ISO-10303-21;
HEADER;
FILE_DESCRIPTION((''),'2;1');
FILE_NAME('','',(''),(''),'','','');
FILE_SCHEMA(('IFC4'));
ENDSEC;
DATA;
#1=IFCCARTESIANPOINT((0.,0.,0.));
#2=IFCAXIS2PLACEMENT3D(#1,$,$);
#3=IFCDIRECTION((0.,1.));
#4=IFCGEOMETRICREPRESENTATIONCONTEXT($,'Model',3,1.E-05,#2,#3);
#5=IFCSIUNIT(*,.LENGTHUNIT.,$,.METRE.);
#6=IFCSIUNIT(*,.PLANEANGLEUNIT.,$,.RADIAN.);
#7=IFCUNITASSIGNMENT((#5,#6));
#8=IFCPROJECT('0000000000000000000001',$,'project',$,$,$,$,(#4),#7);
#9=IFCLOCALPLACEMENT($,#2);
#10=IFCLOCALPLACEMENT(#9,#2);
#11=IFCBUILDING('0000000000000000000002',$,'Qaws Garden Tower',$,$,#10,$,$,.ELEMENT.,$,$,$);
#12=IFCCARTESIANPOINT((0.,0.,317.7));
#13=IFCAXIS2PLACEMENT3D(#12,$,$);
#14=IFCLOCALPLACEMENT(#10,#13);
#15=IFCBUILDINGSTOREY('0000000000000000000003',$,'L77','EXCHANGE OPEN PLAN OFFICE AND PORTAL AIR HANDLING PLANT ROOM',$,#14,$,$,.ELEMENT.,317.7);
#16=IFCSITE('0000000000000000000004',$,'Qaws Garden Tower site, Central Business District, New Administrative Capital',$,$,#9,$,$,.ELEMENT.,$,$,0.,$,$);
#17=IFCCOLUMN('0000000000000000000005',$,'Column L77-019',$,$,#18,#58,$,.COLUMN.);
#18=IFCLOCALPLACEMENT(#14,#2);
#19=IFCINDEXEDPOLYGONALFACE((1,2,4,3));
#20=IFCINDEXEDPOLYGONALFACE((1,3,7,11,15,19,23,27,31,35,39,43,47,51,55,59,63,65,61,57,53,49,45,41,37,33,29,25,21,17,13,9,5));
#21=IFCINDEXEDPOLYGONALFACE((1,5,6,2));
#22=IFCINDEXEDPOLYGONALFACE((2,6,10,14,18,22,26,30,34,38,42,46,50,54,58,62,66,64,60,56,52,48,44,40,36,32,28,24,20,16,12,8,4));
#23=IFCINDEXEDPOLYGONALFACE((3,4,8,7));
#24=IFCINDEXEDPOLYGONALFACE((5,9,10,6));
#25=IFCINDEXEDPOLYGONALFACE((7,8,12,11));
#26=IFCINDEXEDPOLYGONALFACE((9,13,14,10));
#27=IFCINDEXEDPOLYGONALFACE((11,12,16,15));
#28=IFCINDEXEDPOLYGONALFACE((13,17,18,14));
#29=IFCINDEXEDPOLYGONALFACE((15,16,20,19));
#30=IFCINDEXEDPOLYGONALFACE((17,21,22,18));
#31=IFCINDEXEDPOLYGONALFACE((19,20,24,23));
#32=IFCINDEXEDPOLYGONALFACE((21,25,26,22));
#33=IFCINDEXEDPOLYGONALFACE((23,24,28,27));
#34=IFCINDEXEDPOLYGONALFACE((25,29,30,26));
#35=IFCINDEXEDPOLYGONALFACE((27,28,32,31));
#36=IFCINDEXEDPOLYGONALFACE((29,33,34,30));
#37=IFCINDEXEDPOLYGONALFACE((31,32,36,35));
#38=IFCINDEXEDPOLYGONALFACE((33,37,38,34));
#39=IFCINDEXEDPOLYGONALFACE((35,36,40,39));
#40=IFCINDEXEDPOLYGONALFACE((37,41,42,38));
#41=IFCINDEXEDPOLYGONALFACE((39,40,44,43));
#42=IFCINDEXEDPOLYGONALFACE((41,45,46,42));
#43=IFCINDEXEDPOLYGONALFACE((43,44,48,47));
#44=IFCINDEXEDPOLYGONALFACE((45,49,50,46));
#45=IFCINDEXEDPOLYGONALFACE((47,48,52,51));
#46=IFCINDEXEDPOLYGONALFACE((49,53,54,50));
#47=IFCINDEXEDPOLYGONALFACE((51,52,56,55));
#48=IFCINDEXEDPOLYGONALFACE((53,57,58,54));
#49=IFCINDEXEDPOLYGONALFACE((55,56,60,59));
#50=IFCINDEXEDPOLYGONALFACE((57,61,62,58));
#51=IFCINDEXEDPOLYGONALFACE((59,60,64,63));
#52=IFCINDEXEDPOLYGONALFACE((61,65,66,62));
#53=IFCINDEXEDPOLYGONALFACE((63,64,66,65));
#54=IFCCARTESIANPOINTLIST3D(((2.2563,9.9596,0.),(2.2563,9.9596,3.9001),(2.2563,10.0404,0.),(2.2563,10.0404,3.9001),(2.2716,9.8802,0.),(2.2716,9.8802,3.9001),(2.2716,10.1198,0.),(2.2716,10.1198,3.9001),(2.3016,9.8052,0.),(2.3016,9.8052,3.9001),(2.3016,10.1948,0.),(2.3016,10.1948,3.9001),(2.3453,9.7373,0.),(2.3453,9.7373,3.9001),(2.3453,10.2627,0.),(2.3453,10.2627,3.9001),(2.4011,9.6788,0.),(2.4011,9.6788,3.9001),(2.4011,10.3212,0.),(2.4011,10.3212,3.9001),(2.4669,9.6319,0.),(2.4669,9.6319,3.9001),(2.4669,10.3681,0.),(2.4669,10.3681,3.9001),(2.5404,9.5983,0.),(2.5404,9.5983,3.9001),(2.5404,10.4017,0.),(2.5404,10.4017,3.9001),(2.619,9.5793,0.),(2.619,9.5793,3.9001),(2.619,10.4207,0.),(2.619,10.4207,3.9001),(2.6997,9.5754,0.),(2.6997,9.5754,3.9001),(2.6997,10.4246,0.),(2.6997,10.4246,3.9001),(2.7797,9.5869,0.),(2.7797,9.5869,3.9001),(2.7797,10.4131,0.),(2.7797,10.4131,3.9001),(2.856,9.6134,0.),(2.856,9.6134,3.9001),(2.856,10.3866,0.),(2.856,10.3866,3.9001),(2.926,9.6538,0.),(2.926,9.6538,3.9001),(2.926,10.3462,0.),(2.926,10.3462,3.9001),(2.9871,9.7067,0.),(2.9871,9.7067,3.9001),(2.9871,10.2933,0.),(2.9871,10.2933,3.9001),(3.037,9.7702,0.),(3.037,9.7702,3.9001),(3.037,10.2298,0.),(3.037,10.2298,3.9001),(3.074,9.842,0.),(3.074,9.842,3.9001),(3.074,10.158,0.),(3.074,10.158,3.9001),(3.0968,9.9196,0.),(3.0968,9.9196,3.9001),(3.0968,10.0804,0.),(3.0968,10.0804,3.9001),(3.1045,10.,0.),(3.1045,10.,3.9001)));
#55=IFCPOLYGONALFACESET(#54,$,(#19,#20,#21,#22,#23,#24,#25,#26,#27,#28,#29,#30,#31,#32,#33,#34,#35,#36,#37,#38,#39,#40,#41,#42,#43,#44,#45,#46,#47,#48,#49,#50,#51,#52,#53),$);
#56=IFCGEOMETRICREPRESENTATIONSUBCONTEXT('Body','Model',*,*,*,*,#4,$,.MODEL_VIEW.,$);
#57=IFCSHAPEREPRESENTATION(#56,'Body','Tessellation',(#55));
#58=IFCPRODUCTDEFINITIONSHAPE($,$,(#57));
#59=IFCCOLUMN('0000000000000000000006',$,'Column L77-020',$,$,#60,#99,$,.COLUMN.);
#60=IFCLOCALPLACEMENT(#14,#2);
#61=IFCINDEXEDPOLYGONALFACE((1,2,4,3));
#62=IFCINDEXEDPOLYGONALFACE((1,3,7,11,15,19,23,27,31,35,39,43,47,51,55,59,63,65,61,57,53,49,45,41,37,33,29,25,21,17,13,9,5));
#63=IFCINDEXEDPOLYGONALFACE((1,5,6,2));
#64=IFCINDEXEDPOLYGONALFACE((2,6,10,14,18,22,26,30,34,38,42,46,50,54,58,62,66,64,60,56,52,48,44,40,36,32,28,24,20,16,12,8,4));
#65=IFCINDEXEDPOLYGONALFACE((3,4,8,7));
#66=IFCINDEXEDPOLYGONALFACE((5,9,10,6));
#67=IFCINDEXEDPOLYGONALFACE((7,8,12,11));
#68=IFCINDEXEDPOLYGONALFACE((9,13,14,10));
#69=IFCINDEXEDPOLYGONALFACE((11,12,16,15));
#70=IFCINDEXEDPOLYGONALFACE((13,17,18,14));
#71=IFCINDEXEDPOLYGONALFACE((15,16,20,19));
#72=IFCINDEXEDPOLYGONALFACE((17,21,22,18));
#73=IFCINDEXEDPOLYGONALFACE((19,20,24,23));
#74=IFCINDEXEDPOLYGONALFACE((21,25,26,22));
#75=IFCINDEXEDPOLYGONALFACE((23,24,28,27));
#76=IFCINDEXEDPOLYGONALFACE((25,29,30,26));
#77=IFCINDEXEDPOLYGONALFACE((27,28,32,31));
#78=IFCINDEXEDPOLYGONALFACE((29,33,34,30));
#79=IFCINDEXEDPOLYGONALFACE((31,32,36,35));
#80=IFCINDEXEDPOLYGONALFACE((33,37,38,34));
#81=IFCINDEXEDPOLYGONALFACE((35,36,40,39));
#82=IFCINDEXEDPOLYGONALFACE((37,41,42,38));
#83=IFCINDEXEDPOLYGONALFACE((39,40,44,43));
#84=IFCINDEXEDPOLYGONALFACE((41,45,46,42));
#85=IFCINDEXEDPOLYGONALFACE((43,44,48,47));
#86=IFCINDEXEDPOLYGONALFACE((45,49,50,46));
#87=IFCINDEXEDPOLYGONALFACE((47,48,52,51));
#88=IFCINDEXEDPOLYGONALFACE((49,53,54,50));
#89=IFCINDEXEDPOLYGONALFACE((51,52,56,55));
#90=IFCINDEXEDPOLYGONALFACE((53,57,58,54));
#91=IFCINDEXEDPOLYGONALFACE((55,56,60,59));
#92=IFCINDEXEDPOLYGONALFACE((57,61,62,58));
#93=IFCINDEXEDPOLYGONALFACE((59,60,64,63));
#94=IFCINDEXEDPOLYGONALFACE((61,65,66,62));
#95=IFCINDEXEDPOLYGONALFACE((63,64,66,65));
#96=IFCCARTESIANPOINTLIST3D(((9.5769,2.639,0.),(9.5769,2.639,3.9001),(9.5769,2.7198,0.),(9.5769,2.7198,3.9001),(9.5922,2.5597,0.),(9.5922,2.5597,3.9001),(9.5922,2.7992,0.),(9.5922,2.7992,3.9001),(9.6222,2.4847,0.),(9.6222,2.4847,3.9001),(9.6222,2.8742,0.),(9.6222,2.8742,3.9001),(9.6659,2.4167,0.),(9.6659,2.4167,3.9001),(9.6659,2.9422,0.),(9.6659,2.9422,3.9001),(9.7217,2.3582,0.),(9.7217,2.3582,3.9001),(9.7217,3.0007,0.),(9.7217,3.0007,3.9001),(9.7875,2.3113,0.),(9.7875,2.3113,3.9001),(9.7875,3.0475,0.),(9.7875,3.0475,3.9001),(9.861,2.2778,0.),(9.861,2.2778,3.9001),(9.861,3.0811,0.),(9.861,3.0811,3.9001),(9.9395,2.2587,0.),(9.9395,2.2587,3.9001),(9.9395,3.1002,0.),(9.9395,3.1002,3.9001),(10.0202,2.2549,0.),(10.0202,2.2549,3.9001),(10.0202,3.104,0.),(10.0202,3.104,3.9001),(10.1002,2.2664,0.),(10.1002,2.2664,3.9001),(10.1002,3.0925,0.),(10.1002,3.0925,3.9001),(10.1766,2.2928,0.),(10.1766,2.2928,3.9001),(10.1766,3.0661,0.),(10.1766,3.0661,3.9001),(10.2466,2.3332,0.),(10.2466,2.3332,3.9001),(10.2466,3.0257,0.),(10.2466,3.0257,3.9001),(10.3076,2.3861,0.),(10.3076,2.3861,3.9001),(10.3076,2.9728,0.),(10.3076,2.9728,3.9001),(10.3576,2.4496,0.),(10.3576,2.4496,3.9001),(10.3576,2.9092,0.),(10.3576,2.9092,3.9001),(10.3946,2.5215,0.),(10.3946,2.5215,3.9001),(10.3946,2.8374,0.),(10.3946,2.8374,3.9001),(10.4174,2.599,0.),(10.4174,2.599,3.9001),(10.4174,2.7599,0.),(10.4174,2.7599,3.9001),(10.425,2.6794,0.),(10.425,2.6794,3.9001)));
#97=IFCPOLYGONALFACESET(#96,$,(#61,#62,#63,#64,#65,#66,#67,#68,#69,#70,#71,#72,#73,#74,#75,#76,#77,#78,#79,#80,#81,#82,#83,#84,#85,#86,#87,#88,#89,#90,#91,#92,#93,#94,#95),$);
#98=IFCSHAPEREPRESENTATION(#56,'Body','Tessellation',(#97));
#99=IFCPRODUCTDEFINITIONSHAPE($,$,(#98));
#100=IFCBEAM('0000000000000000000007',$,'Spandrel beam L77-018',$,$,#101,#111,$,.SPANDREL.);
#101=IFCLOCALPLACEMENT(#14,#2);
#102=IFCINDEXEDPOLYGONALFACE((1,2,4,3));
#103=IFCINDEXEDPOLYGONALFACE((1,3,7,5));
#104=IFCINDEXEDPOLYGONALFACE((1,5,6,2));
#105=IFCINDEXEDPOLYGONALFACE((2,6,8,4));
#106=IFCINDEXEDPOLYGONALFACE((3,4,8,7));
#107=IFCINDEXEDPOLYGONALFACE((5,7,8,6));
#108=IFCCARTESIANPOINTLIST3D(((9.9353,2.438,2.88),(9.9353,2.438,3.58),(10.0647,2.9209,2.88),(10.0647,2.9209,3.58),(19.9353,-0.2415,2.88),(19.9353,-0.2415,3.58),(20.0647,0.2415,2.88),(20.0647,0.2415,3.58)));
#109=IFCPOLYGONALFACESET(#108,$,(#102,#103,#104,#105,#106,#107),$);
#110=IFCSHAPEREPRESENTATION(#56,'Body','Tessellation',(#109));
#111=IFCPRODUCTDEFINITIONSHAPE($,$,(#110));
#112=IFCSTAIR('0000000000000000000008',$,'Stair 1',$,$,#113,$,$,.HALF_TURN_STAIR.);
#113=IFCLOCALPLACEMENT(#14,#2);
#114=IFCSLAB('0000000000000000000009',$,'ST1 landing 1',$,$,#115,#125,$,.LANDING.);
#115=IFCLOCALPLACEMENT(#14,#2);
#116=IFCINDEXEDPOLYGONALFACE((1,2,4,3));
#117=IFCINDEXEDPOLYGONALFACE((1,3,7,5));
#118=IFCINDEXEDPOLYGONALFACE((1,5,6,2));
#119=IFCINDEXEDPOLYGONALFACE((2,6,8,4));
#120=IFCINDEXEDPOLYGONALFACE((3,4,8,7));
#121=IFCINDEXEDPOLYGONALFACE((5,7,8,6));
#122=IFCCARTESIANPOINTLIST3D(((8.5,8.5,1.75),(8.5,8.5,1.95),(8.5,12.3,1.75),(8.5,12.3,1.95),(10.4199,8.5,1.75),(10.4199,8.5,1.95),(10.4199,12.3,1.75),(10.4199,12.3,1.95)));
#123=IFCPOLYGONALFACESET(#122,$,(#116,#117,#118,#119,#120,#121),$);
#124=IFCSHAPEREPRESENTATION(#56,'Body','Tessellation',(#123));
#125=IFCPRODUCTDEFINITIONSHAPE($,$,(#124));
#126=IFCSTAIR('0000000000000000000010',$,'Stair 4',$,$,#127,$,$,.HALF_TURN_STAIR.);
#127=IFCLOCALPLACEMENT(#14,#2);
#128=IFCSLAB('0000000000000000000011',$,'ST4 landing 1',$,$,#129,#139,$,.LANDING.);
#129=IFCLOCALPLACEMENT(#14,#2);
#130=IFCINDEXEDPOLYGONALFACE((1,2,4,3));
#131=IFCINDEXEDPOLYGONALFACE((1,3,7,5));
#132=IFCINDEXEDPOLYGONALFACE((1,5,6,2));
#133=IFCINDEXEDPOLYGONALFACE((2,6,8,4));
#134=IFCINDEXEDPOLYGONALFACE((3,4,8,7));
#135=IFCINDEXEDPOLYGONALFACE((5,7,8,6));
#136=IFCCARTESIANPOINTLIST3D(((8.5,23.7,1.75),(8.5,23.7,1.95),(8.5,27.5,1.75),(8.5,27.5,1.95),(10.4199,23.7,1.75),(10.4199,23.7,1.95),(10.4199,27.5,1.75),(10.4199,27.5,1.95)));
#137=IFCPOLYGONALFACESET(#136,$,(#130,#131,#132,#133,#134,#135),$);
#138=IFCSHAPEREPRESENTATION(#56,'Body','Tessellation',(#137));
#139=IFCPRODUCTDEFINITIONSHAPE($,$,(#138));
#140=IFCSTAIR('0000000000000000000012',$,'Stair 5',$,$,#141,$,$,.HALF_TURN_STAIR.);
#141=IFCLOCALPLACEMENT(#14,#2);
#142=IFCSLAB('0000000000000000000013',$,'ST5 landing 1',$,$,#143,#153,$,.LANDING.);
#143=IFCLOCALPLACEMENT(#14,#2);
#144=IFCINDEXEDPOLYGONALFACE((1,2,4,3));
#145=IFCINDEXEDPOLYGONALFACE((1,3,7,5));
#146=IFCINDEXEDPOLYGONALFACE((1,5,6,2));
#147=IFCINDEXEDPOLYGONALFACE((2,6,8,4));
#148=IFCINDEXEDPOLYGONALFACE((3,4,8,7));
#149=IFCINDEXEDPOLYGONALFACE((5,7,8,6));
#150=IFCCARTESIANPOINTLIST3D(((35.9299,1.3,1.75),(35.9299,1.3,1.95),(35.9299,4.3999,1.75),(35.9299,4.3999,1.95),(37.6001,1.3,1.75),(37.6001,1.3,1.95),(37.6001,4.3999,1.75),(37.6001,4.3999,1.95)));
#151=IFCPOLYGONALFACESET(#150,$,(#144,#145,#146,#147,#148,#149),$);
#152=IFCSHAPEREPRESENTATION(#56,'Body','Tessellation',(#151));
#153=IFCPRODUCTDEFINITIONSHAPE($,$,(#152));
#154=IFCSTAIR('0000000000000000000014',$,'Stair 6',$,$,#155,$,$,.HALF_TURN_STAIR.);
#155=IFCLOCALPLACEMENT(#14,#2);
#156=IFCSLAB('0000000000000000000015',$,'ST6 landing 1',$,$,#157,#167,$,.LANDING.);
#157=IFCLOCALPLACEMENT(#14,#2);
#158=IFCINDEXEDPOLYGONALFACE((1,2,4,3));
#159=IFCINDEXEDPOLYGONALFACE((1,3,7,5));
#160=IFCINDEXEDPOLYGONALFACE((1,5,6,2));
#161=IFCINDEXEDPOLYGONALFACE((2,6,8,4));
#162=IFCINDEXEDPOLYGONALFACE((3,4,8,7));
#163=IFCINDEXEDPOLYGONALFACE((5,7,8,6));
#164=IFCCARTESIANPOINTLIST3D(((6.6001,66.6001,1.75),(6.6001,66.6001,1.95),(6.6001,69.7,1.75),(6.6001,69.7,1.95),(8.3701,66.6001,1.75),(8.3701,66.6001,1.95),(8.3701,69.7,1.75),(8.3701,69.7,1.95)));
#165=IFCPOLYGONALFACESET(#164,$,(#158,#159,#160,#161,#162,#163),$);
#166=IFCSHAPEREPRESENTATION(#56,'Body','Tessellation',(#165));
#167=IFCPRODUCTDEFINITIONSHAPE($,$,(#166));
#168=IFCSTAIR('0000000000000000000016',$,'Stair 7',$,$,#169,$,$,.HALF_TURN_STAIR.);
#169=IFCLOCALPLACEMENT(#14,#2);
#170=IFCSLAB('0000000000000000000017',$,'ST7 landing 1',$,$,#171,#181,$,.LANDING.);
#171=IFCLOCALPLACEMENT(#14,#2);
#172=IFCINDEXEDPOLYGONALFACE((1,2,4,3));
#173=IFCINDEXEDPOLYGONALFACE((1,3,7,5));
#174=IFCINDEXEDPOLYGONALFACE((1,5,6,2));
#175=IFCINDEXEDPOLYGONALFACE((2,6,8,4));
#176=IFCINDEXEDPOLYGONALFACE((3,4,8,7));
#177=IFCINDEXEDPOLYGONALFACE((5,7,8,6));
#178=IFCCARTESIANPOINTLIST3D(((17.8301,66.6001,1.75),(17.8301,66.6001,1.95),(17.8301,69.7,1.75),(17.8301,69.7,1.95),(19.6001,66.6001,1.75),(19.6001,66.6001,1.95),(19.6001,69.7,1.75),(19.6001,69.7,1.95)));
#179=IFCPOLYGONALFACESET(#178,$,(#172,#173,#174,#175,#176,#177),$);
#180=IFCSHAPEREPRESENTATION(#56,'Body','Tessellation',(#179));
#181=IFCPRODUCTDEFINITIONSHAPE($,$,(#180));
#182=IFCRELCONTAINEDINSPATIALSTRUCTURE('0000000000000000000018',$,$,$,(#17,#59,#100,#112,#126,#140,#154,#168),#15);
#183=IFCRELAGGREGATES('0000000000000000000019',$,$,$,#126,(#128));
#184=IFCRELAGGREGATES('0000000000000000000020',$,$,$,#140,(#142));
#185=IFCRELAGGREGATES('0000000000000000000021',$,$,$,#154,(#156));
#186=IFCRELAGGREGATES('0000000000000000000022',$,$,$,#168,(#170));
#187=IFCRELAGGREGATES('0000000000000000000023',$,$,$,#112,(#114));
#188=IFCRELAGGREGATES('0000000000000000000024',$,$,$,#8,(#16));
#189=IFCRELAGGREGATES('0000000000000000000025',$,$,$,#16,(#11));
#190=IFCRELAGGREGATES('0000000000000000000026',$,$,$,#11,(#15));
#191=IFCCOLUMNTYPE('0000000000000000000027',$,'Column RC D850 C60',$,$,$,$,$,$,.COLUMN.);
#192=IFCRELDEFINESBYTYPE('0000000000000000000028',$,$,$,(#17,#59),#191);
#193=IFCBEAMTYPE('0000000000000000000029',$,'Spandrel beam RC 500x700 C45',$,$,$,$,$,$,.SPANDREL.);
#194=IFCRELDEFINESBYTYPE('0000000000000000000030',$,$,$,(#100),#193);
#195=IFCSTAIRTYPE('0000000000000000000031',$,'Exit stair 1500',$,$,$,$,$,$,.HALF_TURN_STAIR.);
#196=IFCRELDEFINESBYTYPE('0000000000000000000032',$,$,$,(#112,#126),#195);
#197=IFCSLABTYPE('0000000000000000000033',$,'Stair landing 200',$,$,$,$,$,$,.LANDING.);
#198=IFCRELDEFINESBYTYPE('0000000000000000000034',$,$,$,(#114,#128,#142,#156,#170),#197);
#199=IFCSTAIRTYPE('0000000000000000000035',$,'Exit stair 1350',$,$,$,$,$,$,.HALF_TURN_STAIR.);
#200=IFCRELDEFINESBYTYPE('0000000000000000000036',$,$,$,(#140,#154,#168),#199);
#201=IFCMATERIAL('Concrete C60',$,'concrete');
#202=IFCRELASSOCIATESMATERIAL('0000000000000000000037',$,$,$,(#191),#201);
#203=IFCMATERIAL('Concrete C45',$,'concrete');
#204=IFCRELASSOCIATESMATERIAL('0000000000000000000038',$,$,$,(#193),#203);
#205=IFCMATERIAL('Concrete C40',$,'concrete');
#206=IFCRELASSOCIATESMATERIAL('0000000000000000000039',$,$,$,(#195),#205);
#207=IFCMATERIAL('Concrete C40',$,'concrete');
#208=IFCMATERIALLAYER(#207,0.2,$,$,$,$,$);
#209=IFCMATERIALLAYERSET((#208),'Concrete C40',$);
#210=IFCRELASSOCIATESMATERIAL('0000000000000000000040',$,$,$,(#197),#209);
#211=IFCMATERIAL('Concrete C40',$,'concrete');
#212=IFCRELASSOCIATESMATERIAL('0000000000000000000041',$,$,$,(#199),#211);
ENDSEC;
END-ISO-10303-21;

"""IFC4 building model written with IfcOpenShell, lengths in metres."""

from ifc_helpers import new_model, si_unit, direction, frame, origin, origin_2d, place, context, subcontext, project, spatial, polyline, rectangle, circle, outline, extrude, material, layer, layer_set, material_profile, profile_set, type_object, element, aggregate, save


model = new_model("IFC4")

# Units and contexts
model_context = context("Model", 3, precision=1e-05, world=origin(), true_north=direction((0.0, 1.0)))
body_context = subcontext(model_context, "Body", "Model", "MODEL_VIEW")
ifc_project = project(units=[si_unit("LENGTHUNIT", "METRE"), si_unit("PLANEANGLEUNIT", "RADIAN")], contexts=[model_context])

# Site, building, storey
site_placement = place(None, origin())
site = spatial("IfcSite", under=ifc_project, at=site_placement, Name="Qaws Garden Tower site, Central Business District, New Administrative Capital", CompositionType="ELEMENT", RefElevation=0.0)
building_placement = place(site_placement, origin())
building = spatial("IfcBuilding", under=site, at=building_placement, Name="Qaws Garden Tower", CompositionType="ELEMENT")
storey_placement = place(building_placement, frame((0.0, 0.0, 317.7)))
storey = spatial("IfcBuildingStorey", under=building, at=storey_placement, Name="L77", Description="EXCHANGE OPEN PLAN OFFICE AND PORTAL AIR HANDLING PLANT ROOM", CompositionType="ELEMENT", Elevation=317.7)

# Columns
ifc_material_1 = material(Name="Concrete C60", Category="concrete")
ifc_material_profile_1 = material_profile(ifc_material_1, circle(Radius=0.425, at=origin_2d()), Name="RC D850")
ifc_profile_set_1 = profile_set([ifc_material_profile_1], Name="Concrete C60")
column_type = type_object("IfcColumnType", Name="Column RC D850 C60", PredefinedType="COLUMN", material=ifc_profile_set_1)
for number, where, z_axis, x_axis, name in (
    (1, (2.6794, 10.0, 0.0), (0.0, 0.0, 1.0), (1.0, 0.0, 0.0), "Column L77-019"),
    (2, (10.0, 2.6794, 0.0), (0.0, 0.0, 1.0), (1.0, 0.0, 0.0), "Column L77-020"),
):
    element("IfcColumn", number, at=place(storey_placement, frame(where, z_axis=z_axis, x_axis=x_axis)), inside=storey, type_object=column_type, Name=name, PredefinedType="COLUMN", context=body_context, shape_type="SweptSolid", body=[
        extrude(circle(Radius=0.425, at=origin_2d()), origin(), (0.0, 0.0, 1.0), 3.9001),
    ])

# Beam
ifc_material_2 = material(Name="Concrete C45", Category="concrete")
ifc_material_profile_2 = material_profile(ifc_material_2, rectangle(XDim=0.5, YDim=0.7, at=origin_2d()), Name="RC 500x700")
ifc_profile_set_2 = profile_set([ifc_material_profile_2], Name="Concrete C45")
beam_type = type_object("IfcBeamType", Name="Spandrel beam RC 500x700 C45", PredefinedType="SPANDREL", material=ifc_profile_set_2)
beam_placement = place(storey_placement, frame((10.0, 2.6794, 3.23), z_axis=(0.965927, -0.258815, 0.0), x_axis=(0.258815, 0.965927, 0.0)))
element("IfcBeam", 3, at=beam_placement, inside=storey, type_object=beam_type, Name="Spandrel beam L77-018", PredefinedType="SPANDREL", context=body_context, shape_type="SweptSolid", body=[
    extrude(rectangle(XDim=0.5, YDim=0.7, at=origin_2d()), origin(), (0.0, 0.0, 1.0), 10.3528),
])

# Stairs, slabs
ifc_material_3 = material(Name="Concrete C40", Category="concrete")
stair_type_1 = type_object("IfcStairType", Name="Exit stair 1500", PredefinedType="HALF_TURN_STAIR", material=ifc_material_3)
placement_1 = place(storey_placement, origin())
stair_1 = element("IfcStair", 4, at=placement_1, inside=storey, type_object=stair_type_1, Name="Stair 1", PredefinedType="HALF_TURN_STAIR")
ifc_material_4 = material(Name="Concrete C40", Category="concrete")
ifc_layer_1 = layer(ifc_material_4, 0.2)
ifc_layer_set_1 = layer_set([ifc_layer_1], Name="Concrete C40")
slab_type = type_object("IfcSlabType", Name="Stair landing 200", PredefinedType="LANDING", material=ifc_layer_set_1)
placement_2 = place(storey_placement, frame((0.0, 0.0, 1.75)))
slab_1 = element("IfcSlab", 5, at=placement_2, type_object=slab_type, Name="ST1 landing 1", PredefinedType="LANDING", context=body_context, shape_type="SweptSolid", body=[
    extrude(outline(polyline([(8.5, 8.5), (10.4199, 8.5), (10.4199, 12.3), (8.5, 12.3), (8.5, 8.5)])), origin(), (0.0, 0.0, 1.0), 0.2),
])
stair_2 = element("IfcStair", 6, at=placement_1, inside=storey, type_object=stair_type_1, Name="Stair 4", PredefinedType="HALF_TURN_STAIR")
slab_2 = element("IfcSlab", 7, at=placement_2, type_object=slab_type, Name="ST4 landing 1", PredefinedType="LANDING", context=body_context, shape_type="SweptSolid", body=[
    extrude(outline(polyline([(8.5, 23.7), (10.4199, 23.7), (10.4199, 27.5), (8.5, 27.5), (8.5, 23.7)])), origin(), (0.0, 0.0, 1.0), 0.2),
])
aggregate(stair_2, [slab_2])
ifc_material_5 = material(Name="Concrete C40", Category="concrete")
stair_type_2 = type_object("IfcStairType", Name="Exit stair 1350", PredefinedType="HALF_TURN_STAIR", material=ifc_material_5)
stair_3 = element("IfcStair", 8, at=placement_1, inside=storey, type_object=stair_type_2, Name="Stair 5", PredefinedType="HALF_TURN_STAIR")
slab_3 = element("IfcSlab", 9, at=placement_2, type_object=slab_type, Name="ST5 landing 1", PredefinedType="LANDING", context=body_context, shape_type="SweptSolid", body=[
    extrude(outline(polyline([(35.9299, 1.3), (37.6001, 1.3), (37.6001, 4.3999), (35.9299, 4.3999), (35.9299, 1.3)])), origin(), (0.0, 0.0, 1.0), 0.2),
])
aggregate(stair_3, [slab_3])
stair_4 = element("IfcStair", 10, at=placement_1, inside=storey, type_object=stair_type_2, Name="Stair 6", PredefinedType="HALF_TURN_STAIR")
slab_4 = element("IfcSlab", 11, at=placement_2, type_object=slab_type, Name="ST6 landing 1", PredefinedType="LANDING", context=body_context, shape_type="SweptSolid", body=[
    extrude(outline(polyline([(6.6001, 66.6001), (8.3701, 66.6001), (8.3701, 69.7), (6.6001, 69.7), (6.6001, 66.6001)])), origin(), (0.0, 0.0, 1.0), 0.2),
])
aggregate(stair_4, [slab_4])
stair_5 = element("IfcStair", 12, at=placement_1, inside=storey, type_object=stair_type_2, Name="Stair 7", PredefinedType="HALF_TURN_STAIR")
slab_5 = element("IfcSlab", 13, at=placement_2, type_object=slab_type, Name="ST7 landing 1", PredefinedType="LANDING", context=body_context, shape_type="SweptSolid", body=[
    extrude(outline(polyline([(17.8301, 66.6001), (19.6001, 66.6001), (19.6001, 69.7), (17.8301, 69.7), (17.8301, 66.6001)])), origin(), (0.0, 0.0, 1.0), 0.2),
])
aggregate(stair_5, [slab_5])

aggregate(stair_1, [slab_1])

save(model, "model.ifc")
